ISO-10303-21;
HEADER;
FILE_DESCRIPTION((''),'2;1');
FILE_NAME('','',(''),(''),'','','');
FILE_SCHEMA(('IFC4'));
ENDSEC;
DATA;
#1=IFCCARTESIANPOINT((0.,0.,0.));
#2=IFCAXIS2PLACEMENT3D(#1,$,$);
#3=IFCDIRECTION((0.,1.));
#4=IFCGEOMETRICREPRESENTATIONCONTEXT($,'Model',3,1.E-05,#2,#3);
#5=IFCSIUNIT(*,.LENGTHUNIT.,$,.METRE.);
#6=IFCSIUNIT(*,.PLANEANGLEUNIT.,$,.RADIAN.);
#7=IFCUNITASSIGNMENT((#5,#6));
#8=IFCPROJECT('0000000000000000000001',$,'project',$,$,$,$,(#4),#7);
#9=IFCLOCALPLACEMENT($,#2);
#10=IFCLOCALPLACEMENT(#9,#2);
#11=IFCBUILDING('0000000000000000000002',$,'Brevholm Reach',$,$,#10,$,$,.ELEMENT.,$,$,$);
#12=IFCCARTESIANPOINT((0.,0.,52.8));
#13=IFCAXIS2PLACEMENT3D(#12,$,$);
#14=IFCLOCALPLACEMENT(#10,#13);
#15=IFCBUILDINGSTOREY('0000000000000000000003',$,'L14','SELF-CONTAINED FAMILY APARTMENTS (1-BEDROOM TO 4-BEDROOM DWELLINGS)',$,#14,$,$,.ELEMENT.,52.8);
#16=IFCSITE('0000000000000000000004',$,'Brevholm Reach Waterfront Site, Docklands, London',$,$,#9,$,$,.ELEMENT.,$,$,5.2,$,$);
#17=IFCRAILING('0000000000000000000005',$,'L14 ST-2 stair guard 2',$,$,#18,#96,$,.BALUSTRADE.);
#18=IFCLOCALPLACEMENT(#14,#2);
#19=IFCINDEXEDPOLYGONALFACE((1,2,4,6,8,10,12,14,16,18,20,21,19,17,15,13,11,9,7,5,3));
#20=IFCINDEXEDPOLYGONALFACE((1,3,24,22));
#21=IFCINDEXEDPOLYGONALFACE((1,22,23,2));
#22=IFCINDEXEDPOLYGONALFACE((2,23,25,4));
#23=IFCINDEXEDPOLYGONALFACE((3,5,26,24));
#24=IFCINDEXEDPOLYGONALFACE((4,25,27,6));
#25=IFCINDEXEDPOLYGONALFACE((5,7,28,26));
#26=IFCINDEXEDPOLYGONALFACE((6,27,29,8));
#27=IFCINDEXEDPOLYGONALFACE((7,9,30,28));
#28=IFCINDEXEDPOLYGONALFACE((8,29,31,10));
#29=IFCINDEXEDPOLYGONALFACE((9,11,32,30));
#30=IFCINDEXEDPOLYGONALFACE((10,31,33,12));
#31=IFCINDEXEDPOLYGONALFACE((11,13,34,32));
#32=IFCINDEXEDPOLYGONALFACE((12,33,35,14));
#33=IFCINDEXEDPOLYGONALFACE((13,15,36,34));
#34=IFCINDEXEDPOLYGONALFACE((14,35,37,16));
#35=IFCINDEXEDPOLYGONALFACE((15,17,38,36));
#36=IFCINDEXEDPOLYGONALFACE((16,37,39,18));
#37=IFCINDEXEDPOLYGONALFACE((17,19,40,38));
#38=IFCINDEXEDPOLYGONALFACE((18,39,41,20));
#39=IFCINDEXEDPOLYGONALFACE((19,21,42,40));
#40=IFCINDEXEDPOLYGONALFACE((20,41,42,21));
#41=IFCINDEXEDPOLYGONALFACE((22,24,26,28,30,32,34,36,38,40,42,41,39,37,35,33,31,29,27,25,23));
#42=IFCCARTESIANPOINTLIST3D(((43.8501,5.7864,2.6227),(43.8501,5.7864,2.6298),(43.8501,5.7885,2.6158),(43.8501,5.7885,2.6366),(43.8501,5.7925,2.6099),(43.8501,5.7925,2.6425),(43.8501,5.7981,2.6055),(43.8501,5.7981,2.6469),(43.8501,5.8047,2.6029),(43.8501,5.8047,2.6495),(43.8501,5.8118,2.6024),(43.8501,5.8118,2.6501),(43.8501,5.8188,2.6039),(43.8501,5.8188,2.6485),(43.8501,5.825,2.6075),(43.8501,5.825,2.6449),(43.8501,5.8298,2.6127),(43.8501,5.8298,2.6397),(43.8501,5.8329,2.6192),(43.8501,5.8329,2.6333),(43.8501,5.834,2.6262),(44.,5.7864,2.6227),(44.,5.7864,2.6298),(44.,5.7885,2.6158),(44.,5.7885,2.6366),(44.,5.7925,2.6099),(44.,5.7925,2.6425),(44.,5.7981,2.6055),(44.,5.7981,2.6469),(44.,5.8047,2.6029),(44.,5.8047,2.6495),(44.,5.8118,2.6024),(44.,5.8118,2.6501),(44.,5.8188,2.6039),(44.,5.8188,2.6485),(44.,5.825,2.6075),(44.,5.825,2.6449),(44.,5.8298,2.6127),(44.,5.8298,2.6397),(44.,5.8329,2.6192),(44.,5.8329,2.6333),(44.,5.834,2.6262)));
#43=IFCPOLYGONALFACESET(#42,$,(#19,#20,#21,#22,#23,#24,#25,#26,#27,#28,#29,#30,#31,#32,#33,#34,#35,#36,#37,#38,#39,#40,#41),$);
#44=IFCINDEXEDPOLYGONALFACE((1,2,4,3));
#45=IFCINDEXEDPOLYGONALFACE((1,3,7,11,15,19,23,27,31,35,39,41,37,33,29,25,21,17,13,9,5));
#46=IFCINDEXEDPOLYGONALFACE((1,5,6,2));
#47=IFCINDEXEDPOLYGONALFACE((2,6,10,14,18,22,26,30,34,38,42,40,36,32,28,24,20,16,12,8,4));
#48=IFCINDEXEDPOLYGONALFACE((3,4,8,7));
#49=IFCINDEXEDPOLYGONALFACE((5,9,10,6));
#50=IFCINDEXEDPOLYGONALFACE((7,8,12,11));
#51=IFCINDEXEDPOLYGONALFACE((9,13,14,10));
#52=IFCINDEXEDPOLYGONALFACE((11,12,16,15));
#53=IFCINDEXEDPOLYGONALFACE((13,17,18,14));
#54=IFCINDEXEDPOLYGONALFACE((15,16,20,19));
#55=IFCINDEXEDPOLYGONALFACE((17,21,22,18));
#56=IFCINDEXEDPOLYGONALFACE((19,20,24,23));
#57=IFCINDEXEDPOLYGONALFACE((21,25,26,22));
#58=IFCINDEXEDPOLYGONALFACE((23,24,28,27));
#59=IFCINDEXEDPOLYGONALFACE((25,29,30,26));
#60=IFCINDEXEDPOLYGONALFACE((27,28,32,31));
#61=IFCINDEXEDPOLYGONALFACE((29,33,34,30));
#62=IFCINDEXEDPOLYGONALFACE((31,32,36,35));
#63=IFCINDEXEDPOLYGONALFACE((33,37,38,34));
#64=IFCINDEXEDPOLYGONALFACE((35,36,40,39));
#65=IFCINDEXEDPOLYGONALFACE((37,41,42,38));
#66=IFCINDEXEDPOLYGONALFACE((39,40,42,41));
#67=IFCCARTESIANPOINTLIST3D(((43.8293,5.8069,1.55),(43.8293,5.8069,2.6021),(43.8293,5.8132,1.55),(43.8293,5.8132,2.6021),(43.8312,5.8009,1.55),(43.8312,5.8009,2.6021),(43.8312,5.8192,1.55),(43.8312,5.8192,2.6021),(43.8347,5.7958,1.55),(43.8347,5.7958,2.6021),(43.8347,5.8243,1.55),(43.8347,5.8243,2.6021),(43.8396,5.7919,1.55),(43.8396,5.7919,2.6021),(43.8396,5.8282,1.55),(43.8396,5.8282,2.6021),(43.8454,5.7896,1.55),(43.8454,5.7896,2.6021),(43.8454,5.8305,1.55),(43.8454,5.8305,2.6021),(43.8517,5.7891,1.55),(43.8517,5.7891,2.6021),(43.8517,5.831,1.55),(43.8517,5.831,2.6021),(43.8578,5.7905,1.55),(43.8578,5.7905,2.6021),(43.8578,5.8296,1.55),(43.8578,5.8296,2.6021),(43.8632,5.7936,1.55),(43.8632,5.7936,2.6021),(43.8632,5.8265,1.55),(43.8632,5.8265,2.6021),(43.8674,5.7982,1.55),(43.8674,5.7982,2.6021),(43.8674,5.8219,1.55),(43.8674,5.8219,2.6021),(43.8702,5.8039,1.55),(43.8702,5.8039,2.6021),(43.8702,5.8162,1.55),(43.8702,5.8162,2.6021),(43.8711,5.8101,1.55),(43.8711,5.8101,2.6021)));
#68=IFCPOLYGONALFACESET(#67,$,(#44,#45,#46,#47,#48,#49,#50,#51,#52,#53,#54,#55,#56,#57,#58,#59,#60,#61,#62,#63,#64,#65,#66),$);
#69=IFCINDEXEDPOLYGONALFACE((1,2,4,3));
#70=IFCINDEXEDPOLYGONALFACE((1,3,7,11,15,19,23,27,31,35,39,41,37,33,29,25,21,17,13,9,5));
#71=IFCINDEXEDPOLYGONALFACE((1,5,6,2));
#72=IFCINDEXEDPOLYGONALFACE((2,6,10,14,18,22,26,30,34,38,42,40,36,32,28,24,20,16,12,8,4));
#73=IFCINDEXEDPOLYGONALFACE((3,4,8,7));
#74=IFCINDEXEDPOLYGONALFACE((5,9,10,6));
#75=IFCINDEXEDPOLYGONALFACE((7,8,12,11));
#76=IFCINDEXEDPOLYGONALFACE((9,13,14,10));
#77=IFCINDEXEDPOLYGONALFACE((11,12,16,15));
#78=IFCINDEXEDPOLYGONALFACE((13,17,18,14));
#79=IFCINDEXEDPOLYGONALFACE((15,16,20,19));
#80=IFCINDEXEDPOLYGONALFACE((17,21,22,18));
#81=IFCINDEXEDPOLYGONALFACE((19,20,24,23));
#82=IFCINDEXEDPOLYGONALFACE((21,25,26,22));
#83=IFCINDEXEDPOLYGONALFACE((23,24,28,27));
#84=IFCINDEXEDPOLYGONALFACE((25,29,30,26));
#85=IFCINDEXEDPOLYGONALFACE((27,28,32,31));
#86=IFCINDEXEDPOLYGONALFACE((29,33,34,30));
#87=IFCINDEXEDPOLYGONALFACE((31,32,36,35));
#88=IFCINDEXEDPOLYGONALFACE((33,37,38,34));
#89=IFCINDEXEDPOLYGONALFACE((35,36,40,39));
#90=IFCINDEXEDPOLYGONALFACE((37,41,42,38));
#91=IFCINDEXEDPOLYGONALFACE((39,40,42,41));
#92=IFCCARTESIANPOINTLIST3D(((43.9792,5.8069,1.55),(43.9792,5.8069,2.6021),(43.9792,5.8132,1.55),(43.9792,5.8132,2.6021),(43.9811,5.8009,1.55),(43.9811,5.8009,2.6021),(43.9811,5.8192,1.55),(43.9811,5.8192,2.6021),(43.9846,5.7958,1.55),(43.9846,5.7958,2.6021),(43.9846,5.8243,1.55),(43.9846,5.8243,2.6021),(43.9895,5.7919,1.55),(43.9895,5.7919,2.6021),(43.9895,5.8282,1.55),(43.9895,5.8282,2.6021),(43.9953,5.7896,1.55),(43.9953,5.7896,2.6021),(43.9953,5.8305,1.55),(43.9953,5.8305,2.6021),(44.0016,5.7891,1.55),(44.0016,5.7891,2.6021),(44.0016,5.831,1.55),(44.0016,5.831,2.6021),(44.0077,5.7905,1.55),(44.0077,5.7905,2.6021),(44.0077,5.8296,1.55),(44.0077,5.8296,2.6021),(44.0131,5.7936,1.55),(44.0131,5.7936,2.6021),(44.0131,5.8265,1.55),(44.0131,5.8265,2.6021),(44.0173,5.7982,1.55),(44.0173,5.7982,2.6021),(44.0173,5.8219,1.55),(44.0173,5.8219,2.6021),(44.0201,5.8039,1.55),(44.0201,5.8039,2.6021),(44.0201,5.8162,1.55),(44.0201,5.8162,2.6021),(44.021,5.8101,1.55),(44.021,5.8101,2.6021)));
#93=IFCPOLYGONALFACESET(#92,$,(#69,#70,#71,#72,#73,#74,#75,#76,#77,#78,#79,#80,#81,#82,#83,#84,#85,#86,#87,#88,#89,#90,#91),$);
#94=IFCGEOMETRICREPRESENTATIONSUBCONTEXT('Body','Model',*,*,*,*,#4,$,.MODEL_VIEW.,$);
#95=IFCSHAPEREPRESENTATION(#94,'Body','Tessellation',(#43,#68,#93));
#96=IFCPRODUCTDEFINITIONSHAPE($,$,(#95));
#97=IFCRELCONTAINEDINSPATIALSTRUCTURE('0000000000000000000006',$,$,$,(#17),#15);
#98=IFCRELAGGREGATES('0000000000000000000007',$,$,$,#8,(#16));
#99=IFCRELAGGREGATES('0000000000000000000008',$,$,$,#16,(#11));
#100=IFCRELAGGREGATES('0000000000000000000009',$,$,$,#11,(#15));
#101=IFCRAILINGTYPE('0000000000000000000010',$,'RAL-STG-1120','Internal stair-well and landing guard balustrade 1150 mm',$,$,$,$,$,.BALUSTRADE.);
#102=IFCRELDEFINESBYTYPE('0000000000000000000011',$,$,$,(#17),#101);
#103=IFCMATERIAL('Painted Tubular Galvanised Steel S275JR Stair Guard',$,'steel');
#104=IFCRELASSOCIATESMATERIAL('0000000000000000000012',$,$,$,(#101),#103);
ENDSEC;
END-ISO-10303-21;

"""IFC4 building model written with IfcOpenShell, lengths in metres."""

from ifc_helpers import new_model, si_unit, direction, frame, origin, origin_2d, place, context, subcontext, project, spatial, circle, extrude, material, type_object, element, save


model = new_model("IFC4")

# Units and contexts
model_context = context("Model", 3, precision=1e-05, world=origin(), true_north=direction((0.0, 1.0)))
body_context = subcontext(model_context, "Body", "Model", "MODEL_VIEW")
ifc_project = project(units=[si_unit("LENGTHUNIT", "METRE"), si_unit("PLANEANGLEUNIT", "RADIAN")], contexts=[model_context])

# Site, building, storey
site_placement = place(None, origin())
site = spatial("IfcSite", under=ifc_project, at=site_placement, Name="Brevholm Reach Waterfront Site, Docklands, London", CompositionType="ELEMENT", RefElevation=5.2)
building_placement = place(site_placement, origin())
building = spatial("IfcBuilding", under=site, at=building_placement, Name="Brevholm Reach", CompositionType="ELEMENT")
storey_placement = place(building_placement, frame((0.0, 0.0, 52.8)))
storey = spatial("IfcBuildingStorey", under=building, at=storey_placement, Name="L14", Description="SELF-CONTAINED FAMILY APARTMENTS (1-BEDROOM TO 4-BEDROOM DWELLINGS)", CompositionType="ELEMENT", Elevation=52.8)

# Railing
ifc_material_1 = material(Name="Painted Tubular Galvanised Steel S275JR Stair Guard", Category="steel")
railing_type_1 = type_object("IfcRailingType", Name="RAL-STG-1120", Description="Internal stair-well and landing guard balustrade 1150 mm", PredefinedType="BALUSTRADE", material=ifc_material_1)
railing_1_placement = place(storey_placement, frame((43.8501, 5.8101, 1.55)))
element("IfcRailing", 1, at=railing_1_placement, inside=storey, type_object=railing_type_1, Name="L14 ST-2 stair guard 2", PredefinedType="BALUSTRADE", context=body_context, shape_type="SweptSolid", body=[
    extrude(circle(Radius=0.0239, at=origin_2d()), frame((0.0, 0.0, 1.0762), z_axis=(1.0, 0.0, 0.0), x_axis=(0.0, 1.0, 0.0)), (0.0, 0.0, 1.0), 0.1499),
    extrude(circle(Radius=0.021, at=origin_2d()), origin(), (0.0, 0.0, 1.0), 1.052),
    extrude(circle(Radius=0.021, at=origin_2d()), frame((0.1499, 0.0, 0.0)), (0.0, 0.0, 1.0), 1.052),
])

save(model, "model.ifc")
